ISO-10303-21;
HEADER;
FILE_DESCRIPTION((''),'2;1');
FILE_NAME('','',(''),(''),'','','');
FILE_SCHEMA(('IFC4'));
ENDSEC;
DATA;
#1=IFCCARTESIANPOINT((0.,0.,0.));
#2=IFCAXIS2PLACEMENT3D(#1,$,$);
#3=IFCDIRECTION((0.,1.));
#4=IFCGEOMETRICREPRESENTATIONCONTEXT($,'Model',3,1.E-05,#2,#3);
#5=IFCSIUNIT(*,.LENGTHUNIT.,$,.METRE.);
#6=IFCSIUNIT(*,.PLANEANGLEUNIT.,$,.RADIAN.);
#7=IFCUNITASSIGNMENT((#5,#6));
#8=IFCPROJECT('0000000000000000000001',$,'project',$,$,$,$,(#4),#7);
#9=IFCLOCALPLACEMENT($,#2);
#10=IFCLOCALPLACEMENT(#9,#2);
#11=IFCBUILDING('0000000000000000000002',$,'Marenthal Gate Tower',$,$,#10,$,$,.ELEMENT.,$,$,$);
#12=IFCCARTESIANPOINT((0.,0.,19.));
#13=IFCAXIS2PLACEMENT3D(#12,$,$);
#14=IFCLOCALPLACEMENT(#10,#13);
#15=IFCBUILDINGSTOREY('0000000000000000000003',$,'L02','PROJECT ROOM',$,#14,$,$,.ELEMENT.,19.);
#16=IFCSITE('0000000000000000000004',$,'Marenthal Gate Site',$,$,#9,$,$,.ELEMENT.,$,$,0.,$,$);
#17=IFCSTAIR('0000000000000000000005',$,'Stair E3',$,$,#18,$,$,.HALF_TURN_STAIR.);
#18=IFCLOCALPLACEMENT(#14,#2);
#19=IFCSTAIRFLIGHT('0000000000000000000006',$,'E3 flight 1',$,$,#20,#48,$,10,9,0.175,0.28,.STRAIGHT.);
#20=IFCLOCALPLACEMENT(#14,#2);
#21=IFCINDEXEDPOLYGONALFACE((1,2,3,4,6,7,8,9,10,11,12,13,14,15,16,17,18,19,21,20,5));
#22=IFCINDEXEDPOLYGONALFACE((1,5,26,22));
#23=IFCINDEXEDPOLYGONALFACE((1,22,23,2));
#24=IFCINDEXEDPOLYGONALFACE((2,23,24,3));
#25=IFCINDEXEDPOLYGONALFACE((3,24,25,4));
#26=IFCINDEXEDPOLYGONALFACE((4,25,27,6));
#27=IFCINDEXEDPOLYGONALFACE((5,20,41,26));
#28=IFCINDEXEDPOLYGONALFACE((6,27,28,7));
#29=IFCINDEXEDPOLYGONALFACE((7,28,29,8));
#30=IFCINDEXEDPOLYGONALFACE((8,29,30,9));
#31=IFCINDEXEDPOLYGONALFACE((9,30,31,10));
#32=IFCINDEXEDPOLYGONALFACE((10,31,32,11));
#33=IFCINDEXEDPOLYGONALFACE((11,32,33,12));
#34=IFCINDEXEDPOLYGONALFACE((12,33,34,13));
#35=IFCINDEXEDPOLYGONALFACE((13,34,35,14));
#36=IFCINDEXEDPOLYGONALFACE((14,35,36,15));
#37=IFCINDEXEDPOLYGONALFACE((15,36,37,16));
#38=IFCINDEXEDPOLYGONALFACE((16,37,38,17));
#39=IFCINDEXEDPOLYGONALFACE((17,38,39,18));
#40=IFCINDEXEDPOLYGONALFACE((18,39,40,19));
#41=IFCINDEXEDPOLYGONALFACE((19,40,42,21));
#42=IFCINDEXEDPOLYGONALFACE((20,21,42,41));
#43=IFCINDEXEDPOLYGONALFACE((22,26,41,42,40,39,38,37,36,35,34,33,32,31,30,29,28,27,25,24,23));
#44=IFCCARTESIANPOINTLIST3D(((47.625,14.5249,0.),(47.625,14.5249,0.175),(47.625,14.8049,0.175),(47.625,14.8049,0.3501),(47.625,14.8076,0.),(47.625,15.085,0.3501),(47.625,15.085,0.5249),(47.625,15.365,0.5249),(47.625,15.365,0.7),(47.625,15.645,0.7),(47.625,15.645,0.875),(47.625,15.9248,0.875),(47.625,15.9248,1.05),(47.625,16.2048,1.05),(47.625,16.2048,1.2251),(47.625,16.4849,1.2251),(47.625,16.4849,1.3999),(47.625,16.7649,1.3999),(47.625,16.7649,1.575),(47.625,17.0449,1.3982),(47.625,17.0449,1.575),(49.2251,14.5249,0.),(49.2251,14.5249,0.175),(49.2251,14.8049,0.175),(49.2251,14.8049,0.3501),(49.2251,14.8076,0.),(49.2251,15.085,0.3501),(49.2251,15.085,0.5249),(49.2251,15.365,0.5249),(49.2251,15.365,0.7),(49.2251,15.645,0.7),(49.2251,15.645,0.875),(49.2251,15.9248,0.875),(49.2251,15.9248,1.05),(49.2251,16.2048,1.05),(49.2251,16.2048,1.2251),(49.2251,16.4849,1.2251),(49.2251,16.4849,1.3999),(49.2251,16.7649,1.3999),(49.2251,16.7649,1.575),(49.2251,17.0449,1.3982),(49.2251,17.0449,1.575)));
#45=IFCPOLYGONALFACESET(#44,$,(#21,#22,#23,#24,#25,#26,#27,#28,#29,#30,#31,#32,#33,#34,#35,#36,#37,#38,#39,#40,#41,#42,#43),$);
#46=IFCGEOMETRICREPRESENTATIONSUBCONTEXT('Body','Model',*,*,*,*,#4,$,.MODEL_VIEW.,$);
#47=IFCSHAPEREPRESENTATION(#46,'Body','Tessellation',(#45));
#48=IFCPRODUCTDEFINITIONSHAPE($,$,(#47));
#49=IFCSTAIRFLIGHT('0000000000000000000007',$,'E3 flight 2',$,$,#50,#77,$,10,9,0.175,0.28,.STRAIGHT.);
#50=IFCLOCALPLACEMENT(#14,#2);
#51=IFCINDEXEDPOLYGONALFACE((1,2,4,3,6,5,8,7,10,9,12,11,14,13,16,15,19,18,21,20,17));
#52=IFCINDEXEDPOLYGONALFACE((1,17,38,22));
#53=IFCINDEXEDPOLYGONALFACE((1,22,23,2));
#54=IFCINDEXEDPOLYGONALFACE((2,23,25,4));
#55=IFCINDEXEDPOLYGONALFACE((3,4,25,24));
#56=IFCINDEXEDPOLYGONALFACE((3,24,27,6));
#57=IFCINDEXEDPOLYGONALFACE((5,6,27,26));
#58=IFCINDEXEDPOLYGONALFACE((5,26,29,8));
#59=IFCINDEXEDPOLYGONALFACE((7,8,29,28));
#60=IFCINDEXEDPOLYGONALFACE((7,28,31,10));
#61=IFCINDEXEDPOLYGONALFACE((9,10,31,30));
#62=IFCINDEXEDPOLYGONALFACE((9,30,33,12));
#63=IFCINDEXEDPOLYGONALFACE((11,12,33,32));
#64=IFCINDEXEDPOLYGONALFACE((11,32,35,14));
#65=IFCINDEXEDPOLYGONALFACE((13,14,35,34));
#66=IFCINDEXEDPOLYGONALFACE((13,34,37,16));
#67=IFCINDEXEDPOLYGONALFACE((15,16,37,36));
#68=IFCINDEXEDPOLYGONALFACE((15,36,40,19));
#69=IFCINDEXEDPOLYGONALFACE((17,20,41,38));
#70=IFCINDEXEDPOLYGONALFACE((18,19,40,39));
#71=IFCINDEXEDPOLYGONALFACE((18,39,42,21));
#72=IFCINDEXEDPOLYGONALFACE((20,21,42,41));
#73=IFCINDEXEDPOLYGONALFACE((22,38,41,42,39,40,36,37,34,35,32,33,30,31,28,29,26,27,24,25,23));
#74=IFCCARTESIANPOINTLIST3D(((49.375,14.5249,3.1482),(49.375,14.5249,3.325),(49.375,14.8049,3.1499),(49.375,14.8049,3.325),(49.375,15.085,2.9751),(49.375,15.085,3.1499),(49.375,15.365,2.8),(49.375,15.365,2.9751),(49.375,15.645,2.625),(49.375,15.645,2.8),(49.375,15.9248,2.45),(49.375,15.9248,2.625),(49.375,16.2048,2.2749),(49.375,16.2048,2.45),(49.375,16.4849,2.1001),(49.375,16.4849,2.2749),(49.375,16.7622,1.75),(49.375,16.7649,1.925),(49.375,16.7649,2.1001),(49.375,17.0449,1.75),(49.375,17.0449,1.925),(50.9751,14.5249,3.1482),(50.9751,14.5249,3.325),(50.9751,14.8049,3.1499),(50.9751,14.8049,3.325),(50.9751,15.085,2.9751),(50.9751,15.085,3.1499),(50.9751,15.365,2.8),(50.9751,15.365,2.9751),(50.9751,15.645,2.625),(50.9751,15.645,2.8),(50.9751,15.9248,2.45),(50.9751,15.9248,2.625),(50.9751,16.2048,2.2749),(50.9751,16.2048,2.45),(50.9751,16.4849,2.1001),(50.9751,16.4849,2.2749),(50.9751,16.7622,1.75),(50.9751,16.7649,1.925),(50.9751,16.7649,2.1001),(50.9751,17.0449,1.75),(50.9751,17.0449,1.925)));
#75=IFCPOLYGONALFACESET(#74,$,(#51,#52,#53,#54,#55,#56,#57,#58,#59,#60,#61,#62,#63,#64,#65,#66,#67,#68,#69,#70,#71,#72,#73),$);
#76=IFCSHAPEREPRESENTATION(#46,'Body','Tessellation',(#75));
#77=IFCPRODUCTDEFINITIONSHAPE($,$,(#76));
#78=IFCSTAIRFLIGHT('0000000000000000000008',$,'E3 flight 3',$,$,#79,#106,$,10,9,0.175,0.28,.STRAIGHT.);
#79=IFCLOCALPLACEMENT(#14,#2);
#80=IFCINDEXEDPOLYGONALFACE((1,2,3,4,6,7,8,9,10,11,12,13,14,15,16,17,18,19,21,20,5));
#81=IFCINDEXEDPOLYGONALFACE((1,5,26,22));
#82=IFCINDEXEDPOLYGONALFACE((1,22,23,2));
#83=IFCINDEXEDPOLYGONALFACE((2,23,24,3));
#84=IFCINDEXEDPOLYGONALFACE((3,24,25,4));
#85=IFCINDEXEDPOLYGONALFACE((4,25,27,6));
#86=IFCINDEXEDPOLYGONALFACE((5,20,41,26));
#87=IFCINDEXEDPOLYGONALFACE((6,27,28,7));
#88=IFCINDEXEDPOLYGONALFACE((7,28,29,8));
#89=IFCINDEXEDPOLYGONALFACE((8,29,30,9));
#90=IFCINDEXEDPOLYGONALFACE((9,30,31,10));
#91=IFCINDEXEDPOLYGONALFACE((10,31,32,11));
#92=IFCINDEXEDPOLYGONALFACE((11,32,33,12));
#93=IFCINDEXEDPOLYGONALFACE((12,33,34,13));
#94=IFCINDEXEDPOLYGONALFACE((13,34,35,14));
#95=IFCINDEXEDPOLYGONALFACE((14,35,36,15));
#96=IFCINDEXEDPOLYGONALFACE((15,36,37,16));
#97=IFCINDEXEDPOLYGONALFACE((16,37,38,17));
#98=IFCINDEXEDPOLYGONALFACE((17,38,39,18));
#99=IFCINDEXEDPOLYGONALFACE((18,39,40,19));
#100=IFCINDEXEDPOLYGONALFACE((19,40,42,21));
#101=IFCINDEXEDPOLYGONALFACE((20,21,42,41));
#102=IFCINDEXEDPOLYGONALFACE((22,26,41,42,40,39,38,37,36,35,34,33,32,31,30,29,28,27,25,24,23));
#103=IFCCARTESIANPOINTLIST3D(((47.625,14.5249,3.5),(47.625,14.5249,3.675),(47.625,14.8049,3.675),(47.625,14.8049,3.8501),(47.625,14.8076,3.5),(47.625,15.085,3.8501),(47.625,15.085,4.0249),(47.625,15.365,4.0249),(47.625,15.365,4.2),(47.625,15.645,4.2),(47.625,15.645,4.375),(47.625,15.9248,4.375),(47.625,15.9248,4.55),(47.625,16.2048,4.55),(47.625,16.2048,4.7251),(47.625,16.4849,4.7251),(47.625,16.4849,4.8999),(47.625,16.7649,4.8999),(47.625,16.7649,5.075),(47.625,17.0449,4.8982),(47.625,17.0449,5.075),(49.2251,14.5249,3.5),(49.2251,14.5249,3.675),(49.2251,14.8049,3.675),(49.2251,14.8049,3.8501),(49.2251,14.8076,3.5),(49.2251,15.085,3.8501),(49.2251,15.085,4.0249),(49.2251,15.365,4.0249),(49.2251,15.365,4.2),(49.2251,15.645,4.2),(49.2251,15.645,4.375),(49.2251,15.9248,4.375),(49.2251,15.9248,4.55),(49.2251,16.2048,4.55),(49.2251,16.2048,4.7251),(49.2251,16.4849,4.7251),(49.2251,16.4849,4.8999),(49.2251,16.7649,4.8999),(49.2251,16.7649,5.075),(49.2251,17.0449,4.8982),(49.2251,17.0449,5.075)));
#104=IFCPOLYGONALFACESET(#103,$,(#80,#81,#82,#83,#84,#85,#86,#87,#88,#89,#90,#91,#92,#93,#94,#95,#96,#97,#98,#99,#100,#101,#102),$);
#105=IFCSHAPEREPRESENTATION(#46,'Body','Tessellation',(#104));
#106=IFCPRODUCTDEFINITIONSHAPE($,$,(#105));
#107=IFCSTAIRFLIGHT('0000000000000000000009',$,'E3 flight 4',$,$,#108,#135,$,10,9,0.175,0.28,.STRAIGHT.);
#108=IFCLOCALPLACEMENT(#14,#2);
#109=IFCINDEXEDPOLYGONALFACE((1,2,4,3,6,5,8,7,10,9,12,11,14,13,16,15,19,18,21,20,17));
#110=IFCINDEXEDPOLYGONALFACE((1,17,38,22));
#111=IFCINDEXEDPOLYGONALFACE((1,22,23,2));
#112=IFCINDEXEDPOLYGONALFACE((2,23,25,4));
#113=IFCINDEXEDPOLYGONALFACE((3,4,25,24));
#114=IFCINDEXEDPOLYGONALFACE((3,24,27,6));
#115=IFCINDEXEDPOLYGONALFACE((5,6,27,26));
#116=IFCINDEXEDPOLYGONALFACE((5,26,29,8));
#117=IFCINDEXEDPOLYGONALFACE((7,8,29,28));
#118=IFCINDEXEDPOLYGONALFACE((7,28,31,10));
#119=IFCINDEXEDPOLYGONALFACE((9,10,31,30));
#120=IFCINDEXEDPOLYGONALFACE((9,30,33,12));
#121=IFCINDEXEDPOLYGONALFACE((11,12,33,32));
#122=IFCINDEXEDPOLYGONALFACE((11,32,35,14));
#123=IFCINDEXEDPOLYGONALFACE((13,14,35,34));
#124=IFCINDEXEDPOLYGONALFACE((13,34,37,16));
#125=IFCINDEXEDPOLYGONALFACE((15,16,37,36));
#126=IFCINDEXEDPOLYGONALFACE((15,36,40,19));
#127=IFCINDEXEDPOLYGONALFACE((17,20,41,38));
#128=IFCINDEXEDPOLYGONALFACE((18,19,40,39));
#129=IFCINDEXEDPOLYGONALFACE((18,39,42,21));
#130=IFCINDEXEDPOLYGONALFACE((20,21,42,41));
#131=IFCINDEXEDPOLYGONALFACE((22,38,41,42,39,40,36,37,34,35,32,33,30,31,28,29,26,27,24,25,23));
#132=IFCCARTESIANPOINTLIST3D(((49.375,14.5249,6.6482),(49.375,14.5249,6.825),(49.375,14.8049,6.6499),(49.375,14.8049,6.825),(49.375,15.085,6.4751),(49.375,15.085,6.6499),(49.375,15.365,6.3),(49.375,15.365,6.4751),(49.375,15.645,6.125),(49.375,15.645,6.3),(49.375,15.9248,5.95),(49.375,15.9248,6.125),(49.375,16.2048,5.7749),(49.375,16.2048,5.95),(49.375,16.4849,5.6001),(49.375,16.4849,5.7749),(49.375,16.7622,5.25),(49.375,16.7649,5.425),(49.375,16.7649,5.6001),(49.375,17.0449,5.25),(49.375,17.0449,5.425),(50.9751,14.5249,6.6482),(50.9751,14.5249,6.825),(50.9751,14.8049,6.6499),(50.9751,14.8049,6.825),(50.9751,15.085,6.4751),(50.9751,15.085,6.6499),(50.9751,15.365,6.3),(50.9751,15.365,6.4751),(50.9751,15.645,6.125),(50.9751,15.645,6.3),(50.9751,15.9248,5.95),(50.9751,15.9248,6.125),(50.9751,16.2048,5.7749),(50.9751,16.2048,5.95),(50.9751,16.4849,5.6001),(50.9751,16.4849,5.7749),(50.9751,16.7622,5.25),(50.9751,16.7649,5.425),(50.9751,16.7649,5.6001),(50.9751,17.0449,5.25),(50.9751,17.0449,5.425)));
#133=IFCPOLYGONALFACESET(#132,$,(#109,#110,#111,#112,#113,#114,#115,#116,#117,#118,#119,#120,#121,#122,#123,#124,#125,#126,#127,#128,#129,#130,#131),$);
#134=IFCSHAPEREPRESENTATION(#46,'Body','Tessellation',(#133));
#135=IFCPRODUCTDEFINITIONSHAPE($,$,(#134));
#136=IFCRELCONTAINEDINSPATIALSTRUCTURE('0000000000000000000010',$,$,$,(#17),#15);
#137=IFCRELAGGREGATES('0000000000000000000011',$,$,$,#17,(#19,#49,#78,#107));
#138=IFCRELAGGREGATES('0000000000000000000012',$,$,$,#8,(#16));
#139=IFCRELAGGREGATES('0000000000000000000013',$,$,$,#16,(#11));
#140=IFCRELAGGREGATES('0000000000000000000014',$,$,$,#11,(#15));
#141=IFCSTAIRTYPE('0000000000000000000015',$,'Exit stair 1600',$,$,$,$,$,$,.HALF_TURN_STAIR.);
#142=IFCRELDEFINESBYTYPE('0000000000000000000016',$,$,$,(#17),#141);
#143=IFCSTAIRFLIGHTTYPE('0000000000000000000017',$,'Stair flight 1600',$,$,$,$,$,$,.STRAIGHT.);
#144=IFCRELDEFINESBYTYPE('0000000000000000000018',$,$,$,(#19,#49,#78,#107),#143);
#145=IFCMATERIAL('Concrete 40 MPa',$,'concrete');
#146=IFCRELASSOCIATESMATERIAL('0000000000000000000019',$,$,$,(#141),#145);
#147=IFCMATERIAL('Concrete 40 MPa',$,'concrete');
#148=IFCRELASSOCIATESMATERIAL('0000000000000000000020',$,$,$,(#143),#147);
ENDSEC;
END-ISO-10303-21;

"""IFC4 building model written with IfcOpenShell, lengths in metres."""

from ifc_helpers import new_model, si_unit, direction, frame, origin, place, context, subcontext, project, spatial, polyline, outline, extrude, material, type_object, element, aggregate, save


model = new_model("IFC4")

# Units and contexts
model_context = context("Model", 3, precision=1e-05, world=origin(), true_north=direction((0.0, 1.0)))
body_context = subcontext(model_context, "Body", "Model", "MODEL_VIEW")
ifc_project = project(units=[si_unit("LENGTHUNIT", "METRE"), si_unit("PLANEANGLEUNIT", "RADIAN")], contexts=[model_context])

# Site, building, storey
site_placement = place(None, origin())
site = spatial("IfcSite", under=ifc_project, at=site_placement, Name="Marenthal Gate Site", CompositionType="ELEMENT", RefElevation=0.0)
building_placement = place(site_placement, origin())
building = spatial("IfcBuilding", under=site, at=building_placement, Name="Marenthal Gate Tower", CompositionType="ELEMENT")
storey_placement = place(building_placement, frame((0.0, 0.0, 19.0)))
storey = spatial("IfcBuildingStorey", under=building, at=storey_placement, Name="L02", Description="PROJECT ROOM", CompositionType="ELEMENT", Elevation=19.0)

# Stair, stair flights
ifc_material_1 = material(Name="Concrete 40 MPa", Category="concrete")
stair_type = type_object("IfcStairType", Name="Exit stair 1600", PredefinedType="HALF_TURN_STAIR", material=ifc_material_1)
stair_placement = place(storey_placement, origin())
stair = element("IfcStair", 1, at=stair_placement, inside=storey, type_object=stair_type, Name="Stair E3", PredefinedType="HALF_TURN_STAIR")
ifc_material_2 = material(Name="Concrete 40 MPa", Category="concrete")
stair_flight_type = type_object("IfcStairFlightType", Name="Stair flight 1600", PredefinedType="STRAIGHT", material=ifc_material_2)
stair_flight_1_placement = place(storey_placement, frame((48.425, 14.5249, 0.0), z_axis=(0.0, 0.0, 1.0), x_axis=(0.0, 1.0, 0.0)))
stair_flight_1 = element("IfcStairFlight", 2, at=stair_flight_1_placement, type_object=stair_flight_type, Name="E3 flight 1", NumberOfRisers=10, NumberOfTreads=9, PredefinedType="STRAIGHT", RiserHeight=0.175, TreadLength=0.28, context=body_context, shape_type="SweptSolid", body=[
    extrude(outline(polyline([(0.0, 0.0), (0.0, 0.175), (0.28, 0.175), (0.28, 0.3501), (0.5601, 0.3501), (0.5601, 0.5249), (0.8401, 0.5249), (0.8401, 0.7), (1.1201, 0.7), (1.1201, 0.875), (1.3999, 0.875), (1.3999, 1.05), (1.6799, 1.05), (1.6799, 1.2251), (1.96, 1.2251), (1.96, 1.3999), (2.24, 1.3999), (2.24, 1.575), (2.52, 1.575), (2.52, 1.75), (2.52, 1.3982), (0.2827, 0.0), (0.0, 0.0)])), frame((0.0, 0.8, 0.0), z_axis=(0.0, -1.0, 0.0), x_axis=(1.0, 0.0, 0.0)), (0.0, 0.0, 1.0), 1.6001),
])
stair_flight_2_placement = place(storey_placement, frame((50.175, 17.0449, 1.75), z_axis=(0.0, 0.0, 1.0), x_axis=(0.0, -1.0, 0.0)))
stair_flight_2 = element("IfcStairFlight", 3, at=stair_flight_2_placement, type_object=stair_flight_type, Name="E3 flight 2", NumberOfRisers=10, NumberOfTreads=9, PredefinedType="STRAIGHT", RiserHeight=0.175, TreadLength=0.28, context=body_context, shape_type="SweptSolid", body=[
    extrude(outline(polyline([(0.0, 0.0), (0.0, 0.175), (0.28, 0.175), (0.28, 0.3501), (0.5601, 0.3501), (0.5601, 0.5249), (0.8401, 0.5249), (0.8401, 0.7), (1.1201, 0.7), (1.1201, 0.875), (1.3999, 0.875), (1.3999, 1.05), (1.6799, 1.05), (1.6799, 1.2251), (1.96, 1.2251), (1.96, 1.3999), (2.24, 1.3999), (2.24, 1.575), (2.52, 1.575), (2.52, 1.75), (2.52, 1.3982), (0.2827, 0.0), (0.0, 0.0)])), frame((0.0, 0.8, 0.0), z_axis=(0.0, -1.0, 0.0), x_axis=(1.0, 0.0, 0.0)), (0.0, 0.0, 1.0), 1.6001),
])
stair_flight_3_placement = place(storey_placement, frame((48.425, 14.5249, 3.5), z_axis=(0.0, 0.0, 1.0), x_axis=(0.0, 1.0, 0.0)))
stair_flight_3 = element("IfcStairFlight", 4, at=stair_flight_3_placement, type_object=stair_flight_type, Name="E3 flight 3", NumberOfRisers=10, NumberOfTreads=9, PredefinedType="STRAIGHT", RiserHeight=0.175, TreadLength=0.28, context=body_context, shape_type="SweptSolid", body=[
    extrude(outline(polyline([(0.0, 0.0), (0.0, 0.175), (0.28, 0.175), (0.28, 0.3501), (0.5601, 0.3501), (0.5601, 0.5249), (0.8401, 0.5249), (0.8401, 0.7), (1.1201, 0.7), (1.1201, 0.875), (1.3999, 0.875), (1.3999, 1.05), (1.6799, 1.05), (1.6799, 1.2251), (1.96, 1.2251), (1.96, 1.3999), (2.24, 1.3999), (2.24, 1.575), (2.52, 1.575), (2.52, 1.75), (2.52, 1.3982), (0.2827, 0.0), (0.0, 0.0)])), frame((0.0, 0.8, 0.0), z_axis=(0.0, -1.0, 0.0), x_axis=(1.0, 0.0, 0.0)), (0.0, 0.0, 1.0), 1.6001),
])
stair_flight_4_placement = place(storey_placement, frame((50.175, 17.0449, 5.25), z_axis=(0.0, 0.0, 1.0), x_axis=(0.0, -1.0, 0.0)))
stair_flight_4 = element("IfcStairFlight", 5, at=stair_flight_4_placement, type_object=stair_flight_type, Name="E3 flight 4", NumberOfRisers=10, NumberOfTreads=9, PredefinedType="STRAIGHT", RiserHeight=0.175, TreadLength=0.28, context=body_context, shape_type="SweptSolid", body=[
    extrude(outline(polyline([(0.0, 0.0), (0.0, 0.175), (0.28, 0.175), (0.28, 0.3501), (0.5601, 0.3501), (0.5601, 0.5249), (0.8401, 0.5249), (0.8401, 0.7), (1.1201, 0.7), (1.1201, 0.875), (1.3999, 0.875), (1.3999, 1.05), (1.6799, 1.05), (1.6799, 1.2251), (1.96, 1.2251), (1.96, 1.3999), (2.24, 1.3999), (2.24, 1.575), (2.52, 1.575), (2.52, 1.75), (2.52, 1.3982), (0.2827, 0.0), (0.0, 0.0)])), frame((0.0, 0.8, 0.0), z_axis=(0.0, -1.0, 0.0), x_axis=(1.0, 0.0, 0.0)), (0.0, 0.0, 1.0), 1.6001),
])
aggregate(stair, [stair_flight_1, stair_flight_2, stair_flight_3, stair_flight_4])

save(model, "model.ifc")
